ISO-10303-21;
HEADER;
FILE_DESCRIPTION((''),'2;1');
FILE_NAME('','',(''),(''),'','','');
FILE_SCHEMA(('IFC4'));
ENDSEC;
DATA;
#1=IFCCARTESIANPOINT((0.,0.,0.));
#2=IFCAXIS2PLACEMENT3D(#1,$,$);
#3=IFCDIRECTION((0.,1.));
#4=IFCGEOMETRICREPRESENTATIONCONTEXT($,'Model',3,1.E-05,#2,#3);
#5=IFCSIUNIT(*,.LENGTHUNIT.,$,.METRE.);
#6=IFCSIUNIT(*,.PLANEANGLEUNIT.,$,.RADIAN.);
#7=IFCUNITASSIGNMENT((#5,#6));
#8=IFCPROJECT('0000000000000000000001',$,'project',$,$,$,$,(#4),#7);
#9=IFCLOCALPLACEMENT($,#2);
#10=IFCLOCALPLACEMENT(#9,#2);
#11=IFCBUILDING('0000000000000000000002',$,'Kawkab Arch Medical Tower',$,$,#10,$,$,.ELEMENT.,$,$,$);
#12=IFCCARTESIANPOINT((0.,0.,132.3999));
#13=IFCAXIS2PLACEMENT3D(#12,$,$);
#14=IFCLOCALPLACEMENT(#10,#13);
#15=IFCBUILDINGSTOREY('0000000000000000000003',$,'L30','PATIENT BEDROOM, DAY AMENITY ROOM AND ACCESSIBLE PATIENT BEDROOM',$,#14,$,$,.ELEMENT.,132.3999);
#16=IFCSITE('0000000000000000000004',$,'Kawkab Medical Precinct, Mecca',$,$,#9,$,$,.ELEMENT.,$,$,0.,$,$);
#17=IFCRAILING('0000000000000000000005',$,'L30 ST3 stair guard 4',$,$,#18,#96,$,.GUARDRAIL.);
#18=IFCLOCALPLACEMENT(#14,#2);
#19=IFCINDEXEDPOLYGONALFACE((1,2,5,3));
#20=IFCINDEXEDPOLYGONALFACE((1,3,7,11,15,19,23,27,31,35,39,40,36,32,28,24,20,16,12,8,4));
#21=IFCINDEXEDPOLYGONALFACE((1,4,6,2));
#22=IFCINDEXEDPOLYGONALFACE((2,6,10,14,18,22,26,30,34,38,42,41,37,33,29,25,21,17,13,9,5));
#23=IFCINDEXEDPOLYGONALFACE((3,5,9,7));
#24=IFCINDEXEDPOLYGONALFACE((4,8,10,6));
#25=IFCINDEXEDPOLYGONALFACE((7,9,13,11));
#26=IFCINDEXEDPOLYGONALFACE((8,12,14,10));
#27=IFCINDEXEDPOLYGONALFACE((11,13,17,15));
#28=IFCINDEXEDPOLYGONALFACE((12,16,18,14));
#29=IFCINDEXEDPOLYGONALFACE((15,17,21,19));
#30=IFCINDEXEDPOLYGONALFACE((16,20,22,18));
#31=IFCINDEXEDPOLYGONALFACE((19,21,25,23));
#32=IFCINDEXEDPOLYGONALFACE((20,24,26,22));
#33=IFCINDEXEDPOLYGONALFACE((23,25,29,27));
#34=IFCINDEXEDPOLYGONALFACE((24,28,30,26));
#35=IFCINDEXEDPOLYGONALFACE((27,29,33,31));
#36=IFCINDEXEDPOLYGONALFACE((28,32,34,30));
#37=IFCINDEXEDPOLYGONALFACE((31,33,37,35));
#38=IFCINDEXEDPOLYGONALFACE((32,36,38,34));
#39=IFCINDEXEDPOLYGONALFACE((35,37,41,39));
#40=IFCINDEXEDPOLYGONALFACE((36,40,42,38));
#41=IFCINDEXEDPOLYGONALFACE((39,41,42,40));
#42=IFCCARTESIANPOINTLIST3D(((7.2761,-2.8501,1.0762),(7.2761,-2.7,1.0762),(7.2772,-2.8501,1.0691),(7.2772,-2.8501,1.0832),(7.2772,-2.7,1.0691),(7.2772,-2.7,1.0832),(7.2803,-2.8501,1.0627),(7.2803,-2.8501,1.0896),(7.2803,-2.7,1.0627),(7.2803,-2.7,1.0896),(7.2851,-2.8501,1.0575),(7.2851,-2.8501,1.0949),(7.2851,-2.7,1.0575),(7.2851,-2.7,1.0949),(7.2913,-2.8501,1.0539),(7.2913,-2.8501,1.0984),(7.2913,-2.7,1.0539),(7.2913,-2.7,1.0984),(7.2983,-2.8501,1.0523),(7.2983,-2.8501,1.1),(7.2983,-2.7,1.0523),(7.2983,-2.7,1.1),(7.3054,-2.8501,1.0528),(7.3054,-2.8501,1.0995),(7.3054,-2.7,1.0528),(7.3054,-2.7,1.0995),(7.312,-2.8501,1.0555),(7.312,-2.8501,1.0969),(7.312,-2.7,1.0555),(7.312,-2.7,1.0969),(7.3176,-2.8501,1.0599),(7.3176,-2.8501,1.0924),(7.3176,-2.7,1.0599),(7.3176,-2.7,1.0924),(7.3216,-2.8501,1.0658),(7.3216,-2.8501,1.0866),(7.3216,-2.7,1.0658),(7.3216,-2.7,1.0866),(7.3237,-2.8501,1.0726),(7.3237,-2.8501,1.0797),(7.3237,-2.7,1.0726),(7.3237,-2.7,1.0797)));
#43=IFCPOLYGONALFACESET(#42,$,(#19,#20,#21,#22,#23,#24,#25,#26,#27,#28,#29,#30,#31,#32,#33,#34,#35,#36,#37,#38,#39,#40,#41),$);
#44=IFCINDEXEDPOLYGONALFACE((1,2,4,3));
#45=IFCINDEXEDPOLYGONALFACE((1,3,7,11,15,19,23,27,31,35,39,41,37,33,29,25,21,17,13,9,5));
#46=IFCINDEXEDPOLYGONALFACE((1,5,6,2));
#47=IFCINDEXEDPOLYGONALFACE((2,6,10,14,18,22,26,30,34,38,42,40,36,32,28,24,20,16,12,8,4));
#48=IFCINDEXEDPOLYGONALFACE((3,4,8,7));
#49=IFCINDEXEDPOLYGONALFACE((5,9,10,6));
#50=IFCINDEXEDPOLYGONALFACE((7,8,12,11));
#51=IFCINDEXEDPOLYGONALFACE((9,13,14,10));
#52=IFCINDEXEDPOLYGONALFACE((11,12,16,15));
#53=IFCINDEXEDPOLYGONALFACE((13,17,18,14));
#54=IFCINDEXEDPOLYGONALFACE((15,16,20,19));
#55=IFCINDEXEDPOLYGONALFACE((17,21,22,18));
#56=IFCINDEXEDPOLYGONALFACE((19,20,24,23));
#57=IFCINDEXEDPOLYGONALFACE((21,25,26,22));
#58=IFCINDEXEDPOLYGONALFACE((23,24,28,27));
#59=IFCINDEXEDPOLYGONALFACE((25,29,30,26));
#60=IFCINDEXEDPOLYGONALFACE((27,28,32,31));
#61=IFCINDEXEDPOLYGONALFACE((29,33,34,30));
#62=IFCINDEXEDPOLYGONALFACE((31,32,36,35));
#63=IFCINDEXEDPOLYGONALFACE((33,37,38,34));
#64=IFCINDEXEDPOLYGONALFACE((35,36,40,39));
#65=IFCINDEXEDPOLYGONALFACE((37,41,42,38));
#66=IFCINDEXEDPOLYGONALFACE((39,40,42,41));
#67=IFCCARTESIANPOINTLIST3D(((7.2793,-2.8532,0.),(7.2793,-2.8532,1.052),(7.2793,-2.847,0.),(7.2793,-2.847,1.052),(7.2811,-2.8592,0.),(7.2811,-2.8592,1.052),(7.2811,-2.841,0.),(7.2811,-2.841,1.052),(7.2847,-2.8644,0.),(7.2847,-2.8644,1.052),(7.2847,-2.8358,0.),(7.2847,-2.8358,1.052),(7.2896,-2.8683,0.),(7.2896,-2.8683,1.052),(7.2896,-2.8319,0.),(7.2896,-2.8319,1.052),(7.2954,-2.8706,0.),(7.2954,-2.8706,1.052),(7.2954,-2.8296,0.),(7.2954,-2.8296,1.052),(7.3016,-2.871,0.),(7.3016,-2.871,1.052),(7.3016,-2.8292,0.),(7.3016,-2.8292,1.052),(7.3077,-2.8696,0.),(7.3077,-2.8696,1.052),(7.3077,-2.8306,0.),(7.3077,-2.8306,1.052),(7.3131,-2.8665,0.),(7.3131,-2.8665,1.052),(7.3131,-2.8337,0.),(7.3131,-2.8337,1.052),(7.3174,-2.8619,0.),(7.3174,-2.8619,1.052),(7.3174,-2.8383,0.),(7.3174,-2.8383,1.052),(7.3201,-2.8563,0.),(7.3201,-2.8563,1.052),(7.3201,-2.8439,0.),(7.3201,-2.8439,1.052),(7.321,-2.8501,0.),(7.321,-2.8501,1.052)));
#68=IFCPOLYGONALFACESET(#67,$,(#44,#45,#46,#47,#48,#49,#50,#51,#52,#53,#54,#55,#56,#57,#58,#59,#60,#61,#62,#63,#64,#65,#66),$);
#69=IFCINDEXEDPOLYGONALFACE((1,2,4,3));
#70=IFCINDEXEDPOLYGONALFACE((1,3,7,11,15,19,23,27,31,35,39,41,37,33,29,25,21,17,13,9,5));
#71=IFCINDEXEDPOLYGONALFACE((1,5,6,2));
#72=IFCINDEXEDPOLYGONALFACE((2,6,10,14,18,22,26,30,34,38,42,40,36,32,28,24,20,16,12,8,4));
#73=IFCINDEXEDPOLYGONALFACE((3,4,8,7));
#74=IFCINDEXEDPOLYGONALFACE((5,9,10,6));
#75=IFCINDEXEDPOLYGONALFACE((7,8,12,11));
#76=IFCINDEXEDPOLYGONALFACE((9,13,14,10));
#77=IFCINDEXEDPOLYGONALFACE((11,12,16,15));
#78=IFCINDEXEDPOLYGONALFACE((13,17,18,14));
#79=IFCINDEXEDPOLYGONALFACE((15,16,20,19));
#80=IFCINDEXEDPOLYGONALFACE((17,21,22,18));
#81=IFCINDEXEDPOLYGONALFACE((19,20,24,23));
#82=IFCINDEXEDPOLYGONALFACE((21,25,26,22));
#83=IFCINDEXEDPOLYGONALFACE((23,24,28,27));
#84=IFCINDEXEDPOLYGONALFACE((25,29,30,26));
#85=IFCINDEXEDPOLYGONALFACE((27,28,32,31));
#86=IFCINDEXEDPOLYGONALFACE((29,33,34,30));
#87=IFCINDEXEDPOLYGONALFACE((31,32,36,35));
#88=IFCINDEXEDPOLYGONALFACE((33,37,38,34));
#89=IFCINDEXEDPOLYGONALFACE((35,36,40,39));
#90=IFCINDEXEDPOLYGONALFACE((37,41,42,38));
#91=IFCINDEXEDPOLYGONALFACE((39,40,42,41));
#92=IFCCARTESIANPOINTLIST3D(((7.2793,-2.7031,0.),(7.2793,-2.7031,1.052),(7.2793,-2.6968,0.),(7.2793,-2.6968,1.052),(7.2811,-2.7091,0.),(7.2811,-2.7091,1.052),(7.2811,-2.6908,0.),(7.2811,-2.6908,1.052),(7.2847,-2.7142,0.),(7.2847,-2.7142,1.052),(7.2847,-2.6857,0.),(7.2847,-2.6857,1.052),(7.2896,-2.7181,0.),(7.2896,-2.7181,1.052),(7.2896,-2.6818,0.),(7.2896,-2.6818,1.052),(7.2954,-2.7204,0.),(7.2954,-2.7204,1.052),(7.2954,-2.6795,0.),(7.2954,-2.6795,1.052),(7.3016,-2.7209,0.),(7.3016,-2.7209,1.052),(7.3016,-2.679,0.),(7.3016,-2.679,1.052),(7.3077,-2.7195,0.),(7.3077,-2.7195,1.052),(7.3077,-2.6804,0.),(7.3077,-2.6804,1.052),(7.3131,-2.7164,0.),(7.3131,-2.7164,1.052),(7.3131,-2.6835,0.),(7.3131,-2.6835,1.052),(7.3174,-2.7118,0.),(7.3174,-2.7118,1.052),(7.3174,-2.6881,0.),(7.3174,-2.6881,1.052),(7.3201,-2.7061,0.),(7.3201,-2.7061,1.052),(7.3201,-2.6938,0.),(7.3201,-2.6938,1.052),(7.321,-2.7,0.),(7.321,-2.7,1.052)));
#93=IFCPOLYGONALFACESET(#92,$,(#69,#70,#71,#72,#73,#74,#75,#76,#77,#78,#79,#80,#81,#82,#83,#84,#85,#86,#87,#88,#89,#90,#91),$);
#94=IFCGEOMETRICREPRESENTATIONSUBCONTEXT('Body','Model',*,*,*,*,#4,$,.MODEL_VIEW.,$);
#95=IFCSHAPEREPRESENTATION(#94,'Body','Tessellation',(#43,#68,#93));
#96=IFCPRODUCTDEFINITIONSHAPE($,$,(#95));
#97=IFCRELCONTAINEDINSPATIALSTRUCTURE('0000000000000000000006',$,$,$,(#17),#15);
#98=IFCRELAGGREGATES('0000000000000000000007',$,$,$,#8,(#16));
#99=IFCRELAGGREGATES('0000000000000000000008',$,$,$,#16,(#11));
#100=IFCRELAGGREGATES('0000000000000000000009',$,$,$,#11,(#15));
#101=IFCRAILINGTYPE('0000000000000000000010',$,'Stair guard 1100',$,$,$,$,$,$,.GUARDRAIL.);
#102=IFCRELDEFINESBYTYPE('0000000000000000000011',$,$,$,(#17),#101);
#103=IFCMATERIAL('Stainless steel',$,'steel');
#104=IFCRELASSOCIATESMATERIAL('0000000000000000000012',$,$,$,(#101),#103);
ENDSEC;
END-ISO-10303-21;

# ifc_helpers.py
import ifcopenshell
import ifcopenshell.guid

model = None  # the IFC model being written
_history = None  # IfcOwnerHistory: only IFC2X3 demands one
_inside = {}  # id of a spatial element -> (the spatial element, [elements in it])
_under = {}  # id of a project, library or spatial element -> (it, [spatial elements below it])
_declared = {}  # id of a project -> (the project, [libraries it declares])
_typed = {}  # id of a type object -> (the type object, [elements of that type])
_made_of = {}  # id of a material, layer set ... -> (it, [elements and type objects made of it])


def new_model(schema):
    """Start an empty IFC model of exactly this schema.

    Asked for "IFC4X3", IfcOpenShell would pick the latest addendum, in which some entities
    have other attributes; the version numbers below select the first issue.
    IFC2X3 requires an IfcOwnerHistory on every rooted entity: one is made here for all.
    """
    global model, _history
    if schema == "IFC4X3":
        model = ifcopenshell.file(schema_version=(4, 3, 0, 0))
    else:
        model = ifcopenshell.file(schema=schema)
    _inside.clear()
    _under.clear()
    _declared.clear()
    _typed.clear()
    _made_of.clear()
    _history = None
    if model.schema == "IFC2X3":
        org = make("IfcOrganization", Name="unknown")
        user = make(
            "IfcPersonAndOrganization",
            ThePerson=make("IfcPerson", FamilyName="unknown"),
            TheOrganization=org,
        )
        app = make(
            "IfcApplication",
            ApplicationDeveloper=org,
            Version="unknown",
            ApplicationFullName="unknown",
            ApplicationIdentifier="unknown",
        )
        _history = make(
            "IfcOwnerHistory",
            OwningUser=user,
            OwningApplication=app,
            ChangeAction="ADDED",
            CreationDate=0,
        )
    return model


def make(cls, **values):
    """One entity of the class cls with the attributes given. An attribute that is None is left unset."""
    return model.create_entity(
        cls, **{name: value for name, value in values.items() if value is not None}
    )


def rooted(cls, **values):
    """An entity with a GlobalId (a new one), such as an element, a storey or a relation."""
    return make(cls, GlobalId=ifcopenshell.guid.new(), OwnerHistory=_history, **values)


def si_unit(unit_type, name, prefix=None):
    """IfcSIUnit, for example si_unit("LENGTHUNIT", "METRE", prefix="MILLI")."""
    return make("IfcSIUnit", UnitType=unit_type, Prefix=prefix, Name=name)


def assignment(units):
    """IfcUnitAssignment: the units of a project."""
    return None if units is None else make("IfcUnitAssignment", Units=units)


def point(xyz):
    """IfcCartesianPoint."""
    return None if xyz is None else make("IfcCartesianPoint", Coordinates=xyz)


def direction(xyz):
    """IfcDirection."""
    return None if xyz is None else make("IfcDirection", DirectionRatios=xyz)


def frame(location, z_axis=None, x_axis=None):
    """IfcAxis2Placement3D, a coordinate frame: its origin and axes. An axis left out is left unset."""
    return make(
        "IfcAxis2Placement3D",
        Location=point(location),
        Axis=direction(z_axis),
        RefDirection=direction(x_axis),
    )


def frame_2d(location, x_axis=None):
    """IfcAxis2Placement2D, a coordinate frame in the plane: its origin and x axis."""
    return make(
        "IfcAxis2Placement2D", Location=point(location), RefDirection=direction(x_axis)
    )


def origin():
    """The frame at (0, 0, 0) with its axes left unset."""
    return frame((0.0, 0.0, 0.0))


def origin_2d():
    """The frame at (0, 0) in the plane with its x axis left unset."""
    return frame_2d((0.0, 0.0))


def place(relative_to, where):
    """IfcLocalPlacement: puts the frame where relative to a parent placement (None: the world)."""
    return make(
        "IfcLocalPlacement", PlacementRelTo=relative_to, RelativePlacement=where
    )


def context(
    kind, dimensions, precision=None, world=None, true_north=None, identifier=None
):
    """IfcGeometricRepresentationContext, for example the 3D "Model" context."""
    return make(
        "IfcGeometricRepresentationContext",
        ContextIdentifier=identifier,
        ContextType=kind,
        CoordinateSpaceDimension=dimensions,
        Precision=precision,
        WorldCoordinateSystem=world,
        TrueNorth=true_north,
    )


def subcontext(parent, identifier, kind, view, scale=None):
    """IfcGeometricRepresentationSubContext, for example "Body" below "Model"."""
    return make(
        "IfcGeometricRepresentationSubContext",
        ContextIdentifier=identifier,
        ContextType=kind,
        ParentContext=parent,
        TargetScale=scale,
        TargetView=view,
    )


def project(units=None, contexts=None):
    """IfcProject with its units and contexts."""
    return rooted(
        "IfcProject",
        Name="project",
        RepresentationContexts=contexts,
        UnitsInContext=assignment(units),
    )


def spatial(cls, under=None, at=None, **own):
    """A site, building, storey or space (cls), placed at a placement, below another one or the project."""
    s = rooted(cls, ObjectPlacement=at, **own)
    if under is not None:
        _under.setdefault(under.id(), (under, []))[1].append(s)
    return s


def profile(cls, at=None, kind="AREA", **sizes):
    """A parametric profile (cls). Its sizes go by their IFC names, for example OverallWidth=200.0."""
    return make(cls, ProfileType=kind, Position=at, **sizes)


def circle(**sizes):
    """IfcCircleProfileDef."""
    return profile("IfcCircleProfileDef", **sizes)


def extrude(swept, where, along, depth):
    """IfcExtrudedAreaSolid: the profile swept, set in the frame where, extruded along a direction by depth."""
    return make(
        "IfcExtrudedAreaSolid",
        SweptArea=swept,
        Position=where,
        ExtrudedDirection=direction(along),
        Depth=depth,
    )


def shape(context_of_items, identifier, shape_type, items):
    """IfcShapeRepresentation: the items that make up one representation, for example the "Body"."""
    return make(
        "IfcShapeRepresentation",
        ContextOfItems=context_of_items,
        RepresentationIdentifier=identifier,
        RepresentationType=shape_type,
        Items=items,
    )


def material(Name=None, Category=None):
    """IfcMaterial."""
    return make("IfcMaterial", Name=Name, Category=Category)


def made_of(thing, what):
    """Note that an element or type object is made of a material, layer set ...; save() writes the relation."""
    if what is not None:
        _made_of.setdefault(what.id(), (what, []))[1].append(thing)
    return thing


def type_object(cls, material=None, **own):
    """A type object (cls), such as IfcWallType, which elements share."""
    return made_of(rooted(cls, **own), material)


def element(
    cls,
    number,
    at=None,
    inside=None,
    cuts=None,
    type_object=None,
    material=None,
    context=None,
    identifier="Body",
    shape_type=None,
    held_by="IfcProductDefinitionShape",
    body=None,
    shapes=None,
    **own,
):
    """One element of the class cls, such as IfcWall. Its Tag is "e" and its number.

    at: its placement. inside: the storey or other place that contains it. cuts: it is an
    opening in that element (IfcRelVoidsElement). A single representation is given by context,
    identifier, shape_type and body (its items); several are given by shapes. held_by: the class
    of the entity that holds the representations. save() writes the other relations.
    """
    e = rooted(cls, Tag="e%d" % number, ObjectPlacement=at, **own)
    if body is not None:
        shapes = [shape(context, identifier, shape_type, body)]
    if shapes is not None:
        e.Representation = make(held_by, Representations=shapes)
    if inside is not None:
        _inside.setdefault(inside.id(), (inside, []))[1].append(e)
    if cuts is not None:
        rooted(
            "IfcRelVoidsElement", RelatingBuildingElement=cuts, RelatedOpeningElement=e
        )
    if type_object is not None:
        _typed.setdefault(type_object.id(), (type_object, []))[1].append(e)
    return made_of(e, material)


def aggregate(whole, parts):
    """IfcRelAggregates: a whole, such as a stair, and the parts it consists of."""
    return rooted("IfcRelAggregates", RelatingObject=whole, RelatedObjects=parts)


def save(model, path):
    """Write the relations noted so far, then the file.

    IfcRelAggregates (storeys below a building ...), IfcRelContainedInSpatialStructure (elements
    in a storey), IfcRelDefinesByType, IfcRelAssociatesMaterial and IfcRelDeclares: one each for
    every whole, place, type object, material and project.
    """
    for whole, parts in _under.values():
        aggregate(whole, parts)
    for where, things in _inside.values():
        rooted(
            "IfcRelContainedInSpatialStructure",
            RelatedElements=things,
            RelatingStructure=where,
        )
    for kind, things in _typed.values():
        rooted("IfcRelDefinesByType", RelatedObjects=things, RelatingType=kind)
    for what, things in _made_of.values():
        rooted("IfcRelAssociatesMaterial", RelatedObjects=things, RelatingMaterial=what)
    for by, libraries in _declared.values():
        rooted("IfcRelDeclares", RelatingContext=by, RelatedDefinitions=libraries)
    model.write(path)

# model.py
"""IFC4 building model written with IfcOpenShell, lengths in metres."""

from ifc_helpers import new_model, si_unit, direction, frame, origin, origin_2d, place, context, subcontext, project, spatial, circle, extrude, material, type_object, element, save


model = new_model("IFC4")

# Units and contexts
model_context = context("Model", 3, precision=1e-05, world=origin(), true_north=direction((0.0, 1.0)))
body_context = subcontext(model_context, "Body", "Model", "MODEL_VIEW")
ifc_project = project(units=[si_unit("LENGTHUNIT", "METRE"), si_unit("PLANEANGLEUNIT", "RADIAN")], contexts=[model_context])

# Site, building, storey
site_placement = place(None, origin())
site = spatial("IfcSite", under=ifc_project, at=site_placement, Name="Kawkab Medical Precinct, Mecca", CompositionType="ELEMENT", RefElevation=0.0)
building_placement = place(site_placement, origin())
building = spatial("IfcBuilding", under=site, at=building_placement, Name="Kawkab Arch Medical Tower", CompositionType="ELEMENT")
storey_placement = place(building_placement, frame((0.0, 0.0, 132.3999)))
storey = spatial("IfcBuildingStorey", under=building, at=storey_placement, Name="L30", Description="PATIENT BEDROOM, DAY AMENITY ROOM AND ACCESSIBLE PATIENT BEDROOM", CompositionType="ELEMENT", Elevation=132.3999)

# Railing
ifc_material_1 = material(Name="Stainless steel", Category="steel")
railing_type_1 = type_object("IfcRailingType", Name="Stair guard 1100", PredefinedType="GUARDRAIL", material=ifc_material_1)
railing_1_placement = place(storey_placement, frame((7.3, -2.8501, 0.0)))
element("IfcRailing", 1, at=railing_1_placement, inside=storey, type_object=railing_type_1, Name="L30 ST3 stair guard 4", PredefinedType="GUARDRAIL", context=body_context, shape_type="SweptSolid", body=[
    extrude(circle(Radius=0.0239, at=origin_2d()), frame((0.0, 0.0, 1.0762), z_axis=(0.0, 1.0, 0.0), x_axis=(-1.0, 0.0, 0.0)), (0.0, 0.0, 1.0), 0.1501),
    extrude(circle(Radius=0.021, at=origin_2d()), origin(), (0.0, 0.0, 1.0), 1.052),
    extrude(circle(Radius=0.021, at=origin_2d()), frame((0.0, 0.1501, 0.0)), (0.0, 0.0, 1.0), 1.052),
])

save(model, "model.ifc")
